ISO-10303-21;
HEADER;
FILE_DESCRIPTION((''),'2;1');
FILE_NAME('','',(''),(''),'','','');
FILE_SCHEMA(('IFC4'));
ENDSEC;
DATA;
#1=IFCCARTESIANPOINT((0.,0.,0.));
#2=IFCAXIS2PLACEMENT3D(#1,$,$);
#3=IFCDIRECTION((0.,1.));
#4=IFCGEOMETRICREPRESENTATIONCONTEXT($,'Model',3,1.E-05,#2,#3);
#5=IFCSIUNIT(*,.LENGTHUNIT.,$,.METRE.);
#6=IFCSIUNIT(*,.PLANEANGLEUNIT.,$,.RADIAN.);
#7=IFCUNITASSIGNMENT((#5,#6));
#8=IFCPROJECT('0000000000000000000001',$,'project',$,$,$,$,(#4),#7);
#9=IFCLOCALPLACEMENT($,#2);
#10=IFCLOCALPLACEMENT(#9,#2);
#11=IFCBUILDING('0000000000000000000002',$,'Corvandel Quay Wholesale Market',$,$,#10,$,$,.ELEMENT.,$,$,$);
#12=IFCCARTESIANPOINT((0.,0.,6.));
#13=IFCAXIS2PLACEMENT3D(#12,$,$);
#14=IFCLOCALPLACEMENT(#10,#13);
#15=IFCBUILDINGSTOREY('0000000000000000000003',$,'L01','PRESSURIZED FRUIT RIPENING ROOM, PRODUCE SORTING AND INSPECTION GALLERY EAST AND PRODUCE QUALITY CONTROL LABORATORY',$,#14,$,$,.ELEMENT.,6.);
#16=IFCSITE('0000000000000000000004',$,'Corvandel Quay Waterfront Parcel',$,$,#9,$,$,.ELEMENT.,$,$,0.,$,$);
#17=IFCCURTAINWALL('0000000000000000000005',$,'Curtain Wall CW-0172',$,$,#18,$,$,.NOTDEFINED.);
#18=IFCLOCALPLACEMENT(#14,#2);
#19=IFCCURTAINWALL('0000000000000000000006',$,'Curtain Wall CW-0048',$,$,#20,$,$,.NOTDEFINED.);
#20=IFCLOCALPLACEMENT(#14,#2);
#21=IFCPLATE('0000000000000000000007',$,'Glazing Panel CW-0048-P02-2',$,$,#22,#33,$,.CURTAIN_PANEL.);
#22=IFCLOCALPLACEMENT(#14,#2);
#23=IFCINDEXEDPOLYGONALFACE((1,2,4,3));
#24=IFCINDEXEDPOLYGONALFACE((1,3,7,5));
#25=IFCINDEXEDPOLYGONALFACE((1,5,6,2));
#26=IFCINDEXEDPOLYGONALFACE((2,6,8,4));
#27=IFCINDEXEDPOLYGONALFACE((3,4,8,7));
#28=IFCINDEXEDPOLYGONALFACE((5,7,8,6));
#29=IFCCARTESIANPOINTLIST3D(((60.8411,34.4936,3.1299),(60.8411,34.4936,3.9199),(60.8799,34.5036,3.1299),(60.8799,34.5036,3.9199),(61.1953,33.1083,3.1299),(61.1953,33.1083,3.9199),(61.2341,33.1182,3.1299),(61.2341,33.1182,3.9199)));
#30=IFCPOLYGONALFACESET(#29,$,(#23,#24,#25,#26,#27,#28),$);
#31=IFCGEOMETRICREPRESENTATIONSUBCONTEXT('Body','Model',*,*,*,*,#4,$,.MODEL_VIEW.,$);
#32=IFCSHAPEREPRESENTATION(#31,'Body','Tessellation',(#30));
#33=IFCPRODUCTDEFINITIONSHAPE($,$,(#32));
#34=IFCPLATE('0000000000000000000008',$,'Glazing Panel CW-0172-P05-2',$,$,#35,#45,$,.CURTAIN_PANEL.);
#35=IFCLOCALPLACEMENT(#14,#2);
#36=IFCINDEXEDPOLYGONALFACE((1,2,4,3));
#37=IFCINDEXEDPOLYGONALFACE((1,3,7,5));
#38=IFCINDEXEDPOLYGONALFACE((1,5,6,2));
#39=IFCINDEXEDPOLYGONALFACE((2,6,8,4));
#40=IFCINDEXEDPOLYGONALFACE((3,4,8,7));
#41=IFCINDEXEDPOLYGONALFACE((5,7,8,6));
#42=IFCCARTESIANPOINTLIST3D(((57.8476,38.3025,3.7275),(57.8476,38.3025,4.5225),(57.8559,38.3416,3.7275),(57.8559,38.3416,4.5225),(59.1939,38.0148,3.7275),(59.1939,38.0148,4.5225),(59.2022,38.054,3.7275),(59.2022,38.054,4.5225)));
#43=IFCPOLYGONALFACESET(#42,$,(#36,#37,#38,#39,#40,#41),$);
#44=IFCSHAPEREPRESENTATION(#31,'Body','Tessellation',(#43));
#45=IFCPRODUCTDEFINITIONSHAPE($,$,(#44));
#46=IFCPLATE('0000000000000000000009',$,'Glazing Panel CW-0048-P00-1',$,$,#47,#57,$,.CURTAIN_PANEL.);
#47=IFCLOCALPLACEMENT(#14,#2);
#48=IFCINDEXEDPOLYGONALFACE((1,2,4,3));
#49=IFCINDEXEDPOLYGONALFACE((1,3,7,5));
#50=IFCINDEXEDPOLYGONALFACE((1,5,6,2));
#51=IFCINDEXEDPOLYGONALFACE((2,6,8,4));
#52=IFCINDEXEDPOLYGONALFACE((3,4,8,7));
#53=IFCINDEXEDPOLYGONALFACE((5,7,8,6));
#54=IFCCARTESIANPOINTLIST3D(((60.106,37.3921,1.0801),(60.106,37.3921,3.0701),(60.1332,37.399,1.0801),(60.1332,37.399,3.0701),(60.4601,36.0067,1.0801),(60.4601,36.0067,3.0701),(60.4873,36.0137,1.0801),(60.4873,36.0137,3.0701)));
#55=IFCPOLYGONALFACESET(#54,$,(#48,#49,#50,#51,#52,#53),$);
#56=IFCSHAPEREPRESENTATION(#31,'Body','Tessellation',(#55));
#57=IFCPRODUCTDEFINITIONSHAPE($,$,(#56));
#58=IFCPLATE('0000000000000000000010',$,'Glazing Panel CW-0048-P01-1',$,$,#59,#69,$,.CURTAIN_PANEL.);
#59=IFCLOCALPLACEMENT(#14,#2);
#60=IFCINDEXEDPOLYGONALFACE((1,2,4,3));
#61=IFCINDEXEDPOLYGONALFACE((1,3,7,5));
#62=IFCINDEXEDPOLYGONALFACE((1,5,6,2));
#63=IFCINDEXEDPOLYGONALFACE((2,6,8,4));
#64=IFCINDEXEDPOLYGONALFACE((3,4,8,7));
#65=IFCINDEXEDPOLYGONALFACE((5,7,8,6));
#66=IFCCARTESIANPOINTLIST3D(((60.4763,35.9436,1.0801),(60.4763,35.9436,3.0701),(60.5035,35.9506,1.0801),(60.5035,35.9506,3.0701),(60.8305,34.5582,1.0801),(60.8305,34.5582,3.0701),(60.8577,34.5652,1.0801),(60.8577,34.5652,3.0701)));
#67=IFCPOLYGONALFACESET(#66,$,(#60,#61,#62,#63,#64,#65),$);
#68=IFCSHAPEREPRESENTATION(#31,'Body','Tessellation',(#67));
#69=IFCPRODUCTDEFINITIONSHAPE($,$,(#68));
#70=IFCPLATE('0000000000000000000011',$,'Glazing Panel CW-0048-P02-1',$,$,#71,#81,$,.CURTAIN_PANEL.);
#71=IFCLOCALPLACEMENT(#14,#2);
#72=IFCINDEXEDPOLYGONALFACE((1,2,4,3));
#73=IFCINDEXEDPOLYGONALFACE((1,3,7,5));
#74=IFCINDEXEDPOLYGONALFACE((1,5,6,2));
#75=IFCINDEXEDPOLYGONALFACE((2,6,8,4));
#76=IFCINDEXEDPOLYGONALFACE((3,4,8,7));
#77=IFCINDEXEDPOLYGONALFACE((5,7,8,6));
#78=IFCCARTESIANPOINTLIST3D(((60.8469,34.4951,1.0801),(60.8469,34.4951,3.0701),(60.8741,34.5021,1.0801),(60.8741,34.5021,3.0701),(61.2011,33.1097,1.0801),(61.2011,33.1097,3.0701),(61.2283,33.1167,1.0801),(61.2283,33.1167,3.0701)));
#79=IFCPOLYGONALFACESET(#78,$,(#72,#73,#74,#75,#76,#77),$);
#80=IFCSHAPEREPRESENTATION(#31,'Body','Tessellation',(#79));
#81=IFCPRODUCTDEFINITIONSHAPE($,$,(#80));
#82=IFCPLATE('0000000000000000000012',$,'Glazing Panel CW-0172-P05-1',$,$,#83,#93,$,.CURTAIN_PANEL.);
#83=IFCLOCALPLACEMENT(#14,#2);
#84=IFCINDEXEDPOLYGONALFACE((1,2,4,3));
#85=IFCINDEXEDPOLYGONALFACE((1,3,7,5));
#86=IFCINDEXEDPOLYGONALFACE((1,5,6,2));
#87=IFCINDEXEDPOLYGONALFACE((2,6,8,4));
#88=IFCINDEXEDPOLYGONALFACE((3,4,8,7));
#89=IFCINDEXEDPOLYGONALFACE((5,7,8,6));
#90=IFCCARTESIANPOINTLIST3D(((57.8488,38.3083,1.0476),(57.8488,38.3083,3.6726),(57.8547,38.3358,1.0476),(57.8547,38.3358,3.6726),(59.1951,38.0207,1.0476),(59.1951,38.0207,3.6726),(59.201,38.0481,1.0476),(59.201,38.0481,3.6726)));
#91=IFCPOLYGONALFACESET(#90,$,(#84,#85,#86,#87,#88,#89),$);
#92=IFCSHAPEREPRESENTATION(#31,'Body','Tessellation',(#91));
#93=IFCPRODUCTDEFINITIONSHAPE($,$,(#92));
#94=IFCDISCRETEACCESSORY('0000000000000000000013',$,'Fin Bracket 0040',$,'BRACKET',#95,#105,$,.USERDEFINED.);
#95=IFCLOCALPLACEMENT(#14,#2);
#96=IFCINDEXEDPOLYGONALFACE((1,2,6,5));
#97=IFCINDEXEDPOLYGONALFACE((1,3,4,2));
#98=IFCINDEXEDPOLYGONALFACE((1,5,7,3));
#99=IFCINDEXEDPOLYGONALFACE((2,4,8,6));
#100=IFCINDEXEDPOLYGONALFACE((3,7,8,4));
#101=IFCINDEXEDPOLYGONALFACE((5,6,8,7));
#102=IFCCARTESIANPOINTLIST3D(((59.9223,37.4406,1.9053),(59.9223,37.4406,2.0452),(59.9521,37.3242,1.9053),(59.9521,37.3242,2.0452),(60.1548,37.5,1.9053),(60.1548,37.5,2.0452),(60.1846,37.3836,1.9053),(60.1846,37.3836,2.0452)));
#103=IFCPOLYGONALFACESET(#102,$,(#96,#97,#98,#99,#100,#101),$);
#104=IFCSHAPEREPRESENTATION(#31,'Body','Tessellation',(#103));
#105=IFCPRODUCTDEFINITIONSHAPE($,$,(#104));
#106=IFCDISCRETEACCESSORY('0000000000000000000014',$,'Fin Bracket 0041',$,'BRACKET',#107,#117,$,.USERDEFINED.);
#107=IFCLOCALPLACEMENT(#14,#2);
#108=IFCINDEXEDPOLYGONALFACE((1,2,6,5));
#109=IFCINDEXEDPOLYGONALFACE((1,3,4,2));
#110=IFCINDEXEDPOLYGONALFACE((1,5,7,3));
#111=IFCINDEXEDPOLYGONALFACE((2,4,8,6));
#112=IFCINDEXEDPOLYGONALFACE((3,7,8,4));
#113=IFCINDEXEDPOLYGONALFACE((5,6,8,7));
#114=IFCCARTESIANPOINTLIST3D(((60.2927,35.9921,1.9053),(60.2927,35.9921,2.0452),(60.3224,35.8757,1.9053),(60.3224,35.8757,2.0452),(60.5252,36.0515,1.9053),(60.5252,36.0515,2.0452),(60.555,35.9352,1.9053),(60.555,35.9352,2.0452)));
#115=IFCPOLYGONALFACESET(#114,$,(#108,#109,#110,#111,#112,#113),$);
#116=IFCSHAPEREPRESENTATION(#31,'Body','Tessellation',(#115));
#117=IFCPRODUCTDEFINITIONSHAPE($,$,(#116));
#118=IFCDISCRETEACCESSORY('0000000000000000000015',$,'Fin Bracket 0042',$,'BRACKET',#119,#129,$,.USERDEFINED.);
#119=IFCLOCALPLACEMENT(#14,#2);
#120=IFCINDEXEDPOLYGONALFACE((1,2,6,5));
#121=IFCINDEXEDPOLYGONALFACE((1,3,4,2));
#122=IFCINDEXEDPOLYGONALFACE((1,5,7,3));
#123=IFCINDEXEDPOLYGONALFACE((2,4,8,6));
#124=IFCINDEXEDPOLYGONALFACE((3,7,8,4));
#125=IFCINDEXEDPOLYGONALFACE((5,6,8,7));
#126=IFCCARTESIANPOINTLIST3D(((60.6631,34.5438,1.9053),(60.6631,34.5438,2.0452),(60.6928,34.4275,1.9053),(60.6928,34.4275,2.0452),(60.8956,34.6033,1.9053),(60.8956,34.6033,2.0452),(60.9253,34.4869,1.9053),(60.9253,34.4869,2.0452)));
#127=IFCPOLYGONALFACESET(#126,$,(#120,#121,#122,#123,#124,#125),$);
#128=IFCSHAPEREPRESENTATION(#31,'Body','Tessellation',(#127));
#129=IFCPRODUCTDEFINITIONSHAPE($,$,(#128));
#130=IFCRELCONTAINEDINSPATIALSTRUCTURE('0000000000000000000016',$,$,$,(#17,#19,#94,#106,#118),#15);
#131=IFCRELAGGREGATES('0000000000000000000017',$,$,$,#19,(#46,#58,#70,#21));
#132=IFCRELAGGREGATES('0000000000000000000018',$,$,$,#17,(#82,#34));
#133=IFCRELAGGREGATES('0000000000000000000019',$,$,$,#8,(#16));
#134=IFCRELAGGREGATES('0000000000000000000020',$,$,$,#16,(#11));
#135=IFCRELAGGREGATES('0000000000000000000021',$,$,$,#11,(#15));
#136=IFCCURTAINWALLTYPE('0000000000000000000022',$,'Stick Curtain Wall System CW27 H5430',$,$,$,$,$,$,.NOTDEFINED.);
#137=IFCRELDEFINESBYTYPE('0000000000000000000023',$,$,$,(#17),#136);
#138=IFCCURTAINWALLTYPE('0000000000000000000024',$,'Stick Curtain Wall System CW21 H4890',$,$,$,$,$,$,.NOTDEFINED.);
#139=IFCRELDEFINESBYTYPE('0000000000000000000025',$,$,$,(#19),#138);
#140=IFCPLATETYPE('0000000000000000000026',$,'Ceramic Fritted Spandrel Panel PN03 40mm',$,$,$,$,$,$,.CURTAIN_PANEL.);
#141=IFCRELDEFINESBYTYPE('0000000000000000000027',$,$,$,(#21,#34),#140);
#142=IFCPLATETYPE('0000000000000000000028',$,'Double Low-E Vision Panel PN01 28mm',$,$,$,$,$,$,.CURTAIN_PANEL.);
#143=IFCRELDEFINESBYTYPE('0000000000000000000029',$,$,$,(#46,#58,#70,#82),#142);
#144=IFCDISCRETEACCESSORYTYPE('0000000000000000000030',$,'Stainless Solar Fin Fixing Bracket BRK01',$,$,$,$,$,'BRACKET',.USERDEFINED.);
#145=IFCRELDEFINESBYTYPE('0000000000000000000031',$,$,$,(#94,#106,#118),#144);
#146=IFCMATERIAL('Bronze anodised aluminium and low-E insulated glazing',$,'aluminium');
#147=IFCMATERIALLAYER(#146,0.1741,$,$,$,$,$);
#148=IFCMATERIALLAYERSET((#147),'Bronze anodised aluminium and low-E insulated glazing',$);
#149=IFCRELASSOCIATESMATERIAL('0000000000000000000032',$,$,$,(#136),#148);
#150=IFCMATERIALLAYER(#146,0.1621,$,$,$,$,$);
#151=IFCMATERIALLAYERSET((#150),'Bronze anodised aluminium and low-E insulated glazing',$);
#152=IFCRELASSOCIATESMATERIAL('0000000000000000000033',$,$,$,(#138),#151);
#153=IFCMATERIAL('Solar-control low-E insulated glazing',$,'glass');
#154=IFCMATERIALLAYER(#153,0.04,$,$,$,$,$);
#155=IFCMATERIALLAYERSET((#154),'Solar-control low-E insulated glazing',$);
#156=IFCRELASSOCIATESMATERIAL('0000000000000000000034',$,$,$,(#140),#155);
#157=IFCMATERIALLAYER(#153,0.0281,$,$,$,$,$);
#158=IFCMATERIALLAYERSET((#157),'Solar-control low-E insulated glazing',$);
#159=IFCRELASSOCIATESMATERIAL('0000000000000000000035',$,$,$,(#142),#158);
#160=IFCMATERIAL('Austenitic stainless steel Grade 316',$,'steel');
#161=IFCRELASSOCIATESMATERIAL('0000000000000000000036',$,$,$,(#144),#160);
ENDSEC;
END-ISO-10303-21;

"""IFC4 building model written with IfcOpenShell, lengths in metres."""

from ifc_helpers import new_model, si_unit, direction, frame, origin, origin_2d, place, context, subcontext, project, spatial, rectangle, extrude, material, layer, layer_set, type_object, element, aggregate, save


model = new_model("IFC4")

# Units and contexts
model_context = context("Model", 3, precision=1e-05, world=origin(), true_north=direction((0.0, 1.0)))
body_context = subcontext(model_context, "Body", "Model", "MODEL_VIEW")
ifc_project = project(units=[si_unit("LENGTHUNIT", "METRE"), si_unit("PLANEANGLEUNIT", "RADIAN")], contexts=[model_context])

# Site, building, storey
site_placement = place(None, origin())
site = spatial("IfcSite", under=ifc_project, at=site_placement, Name="Corvandel Quay Waterfront Parcel", CompositionType="ELEMENT", RefElevation=0.0)
building_placement = place(site_placement, origin())
building = spatial("IfcBuilding", under=site, at=building_placement, Name="Corvandel Quay Wholesale Market", CompositionType="ELEMENT")
storey_placement = place(building_placement, frame((0.0, 0.0, 6.0)))
storey = spatial("IfcBuildingStorey", under=building, at=storey_placement, Name="L01", Description="PRESSURIZED FRUIT RIPENING ROOM, PRODUCE SORTING AND INSPECTION GALLERY EAST AND PRODUCE QUALITY CONTROL LABORATORY", CompositionType="ELEMENT", Elevation=6.0)

# Curtain wall
ifc_material_1 = material(Name="Bronze anodised aluminium and low-E insulated glazing", Category="aluminium")
ifc_layer_1 = layer(ifc_material_1, 0.1741)
ifc_layer_set_1 = layer_set([ifc_layer_1], Name="Bronze anodised aluminium and low-E insulated glazing")
curtain_wall_type_1 = type_object("IfcCurtainWallType", Name="Stick Curtain Wall System CW27 H5430", PredefinedType="NOTDEFINED", material=ifc_layer_set_1)
curtain_wall_1_placement = place(storey_placement, origin())
curtain_wall_1 = element("IfcCurtainWall", 1, at=curtain_wall_1_placement, inside=storey, type_object=curtain_wall_type_1, Name="Curtain Wall CW-0172", PredefinedType="NOTDEFINED")

# Curtain wall, plate
ifc_layer_2 = layer(ifc_material_1, 0.1621)
ifc_layer_set_2 = layer_set([ifc_layer_2], Name="Bronze anodised aluminium and low-E insulated glazing")
curtain_wall_type_2 = type_object("IfcCurtainWallType", Name="Stick Curtain Wall System CW21 H4890", PredefinedType="NOTDEFINED", material=ifc_layer_set_2)
curtain_wall_2_placement = place(storey_placement, origin())
curtain_wall_2 = element("IfcCurtainWall", 2, at=curtain_wall_2_placement, inside=storey, type_object=curtain_wall_type_2, Name="Curtain Wall CW-0048", PredefinedType="NOTDEFINED")
ifc_material_2 = material(Name="Solar-control low-E insulated glazing", Category="glass")
ifc_layer_3 = layer(ifc_material_2, 0.04)
ifc_layer_set_3 = layer_set([ifc_layer_3], Name="Solar-control low-E insulated glazing")
plate_type_1 = type_object("IfcPlateType", Name="Ceramic Fritted Spandrel Panel PN03 40mm", PredefinedType="CURTAIN_PANEL", material=ifc_layer_set_3)
plate_1_placement = place(storey_placement, frame((61.0376, 33.8059, 3.1299), z_axis=(0.0, 0.0, 1.0), x_axis=(-0.247675, 0.968843, 0.0)))
plate_1 = element("IfcPlate", 3, at=plate_1_placement, type_object=plate_type_1, Name="Glazing Panel CW-0048-P02-2", PredefinedType="CURTAIN_PANEL", context=body_context, shape_type="SweptSolid", body=[
    extrude(rectangle(XDim=1.4299, YDim=0.04, at=origin_2d()), origin(), (0.0, 0.0, 1.0), 0.79),
])

# Plates
plate_2_placement = place(storey_placement, frame((58.5249, 38.1782, 3.7275), z_axis=(0.0, 0.0, 1.0), x_axis=(-0.977929, 0.208936, 0.0)))
plate_2 = element("IfcPlate", 4, at=plate_2_placement, type_object=plate_type_1, Name="Glazing Panel CW-0172-P05-2", PredefinedType="CURTAIN_PANEL", context=body_context, shape_type="SweptSolid", body=[
    extrude(rectangle(XDim=1.3767, YDim=0.04, at=origin_2d()), origin(), (0.0, 0.0, 1.0), 0.7949),
])
ifc_layer_4 = layer(ifc_material_2, 0.0281)
ifc_layer_set_4 = layer_set([ifc_layer_4], Name="Solar-control low-E insulated glazing")
plate_type_2 = type_object("IfcPlateType", Name="Double Low-E Vision Panel PN01 28mm", PredefinedType="CURTAIN_PANEL", material=ifc_layer_set_4)
plate_3_placement = place(storey_placement, frame((60.2966, 36.7029, 1.0801), z_axis=(0.0, 0.0, 1.0), x_axis=(-0.247675, 0.968843, 0.0)))
plate_3 = element("IfcPlate", 5, at=plate_3_placement, type_object=plate_type_2, Name="Glazing Panel CW-0048-P00-1", PredefinedType="CURTAIN_PANEL", context=body_context, shape_type="SweptSolid", body=[
    extrude(rectangle(XDim=1.4299, YDim=0.0281, at=origin_2d()), origin(), (0.0, 0.0, 1.0), 1.99),
])
plate_4_placement = place(storey_placement, frame((60.667, 35.2544, 1.0801), z_axis=(0.0, 0.0, 1.0), x_axis=(-0.247675, 0.968843, 0.0)))
plate_4 = element("IfcPlate", 6, at=plate_4_placement, type_object=plate_type_2, Name="Glazing Panel CW-0048-P01-1", PredefinedType="CURTAIN_PANEL", context=body_context, shape_type="SweptSolid", body=[
    extrude(rectangle(XDim=1.4299, YDim=0.0281, at=origin_2d()), origin(), (0.0, 0.0, 1.0), 1.99),
])
plate_5_placement = place(storey_placement, frame((61.0376, 33.8059, 1.0801), z_axis=(0.0, 0.0, 1.0), x_axis=(-0.247675, 0.968843, 0.0)))
plate_5 = element("IfcPlate", 7, at=plate_5_placement, type_object=plate_type_2, Name="Glazing Panel CW-0048-P02-1", PredefinedType="CURTAIN_PANEL", context=body_context, shape_type="SweptSolid", body=[
    extrude(rectangle(XDim=1.4299, YDim=0.0281, at=origin_2d()), origin(), (0.0, 0.0, 1.0), 1.99),
])
aggregate(curtain_wall_2, [plate_3, plate_4, plate_5, plate_1])
plate_6_placement = place(storey_placement, frame((58.5249, 38.1782, 1.0476), z_axis=(0.0, 0.0, 1.0), x_axis=(-0.977929, 0.208936, 0.0)))
plate_6 = element("IfcPlate", 8, at=plate_6_placement, type_object=plate_type_2, Name="Glazing Panel CW-0172-P05-1", PredefinedType="CURTAIN_PANEL", context=body_context, shape_type="SweptSolid", body=[
    extrude(rectangle(XDim=1.3767, YDim=0.0281, at=origin_2d()), origin(), (0.0, 0.0, 1.0), 2.625),
])
aggregate(curtain_wall_1, [plate_6, plate_2])

# Discrete accessories
ifc_material_3 = material(Name="Austenitic stainless steel Grade 316", Category="steel")
discrete_accessory_type = type_object("IfcDiscreteAccessoryType", Name="Stainless Solar Fin Fixing Bracket BRK01", ElementType="BRACKET", PredefinedType="USERDEFINED", material=ifc_material_3)
for number, where, z_axis, x_axis, name in (
    (9, (60.0535, 37.4121, 1.9053), (0.0, 0.0, 1.0), (0.968843, 0.247675, 0.0), "Fin Bracket 0040"),
    (10, (60.4238, 35.9636, 1.9053), (0.0, 0.0, 1.0), (0.968843, 0.247675, 0.0), "Fin Bracket 0041"),
    (11, (60.7942, 34.5154, 1.9053), (0.0, 0.0, 1.0), (0.968843, 0.247675, 0.0), "Fin Bracket 0042"),
):
    element("IfcDiscreteAccessory", number, at=place(storey_placement, frame(where, z_axis=z_axis, x_axis=x_axis)), inside=storey, type_object=discrete_accessory_type, Name=name, ObjectType="BRACKET", PredefinedType="USERDEFINED", context=body_context, shape_type="SweptSolid", body=[
        extrude(rectangle(XDim=0.24, YDim=0.1201, at=origin_2d()), origin(), (0.0, 0.0, 1.0), 0.1399),
    ])

save(model, "model.ifc")
